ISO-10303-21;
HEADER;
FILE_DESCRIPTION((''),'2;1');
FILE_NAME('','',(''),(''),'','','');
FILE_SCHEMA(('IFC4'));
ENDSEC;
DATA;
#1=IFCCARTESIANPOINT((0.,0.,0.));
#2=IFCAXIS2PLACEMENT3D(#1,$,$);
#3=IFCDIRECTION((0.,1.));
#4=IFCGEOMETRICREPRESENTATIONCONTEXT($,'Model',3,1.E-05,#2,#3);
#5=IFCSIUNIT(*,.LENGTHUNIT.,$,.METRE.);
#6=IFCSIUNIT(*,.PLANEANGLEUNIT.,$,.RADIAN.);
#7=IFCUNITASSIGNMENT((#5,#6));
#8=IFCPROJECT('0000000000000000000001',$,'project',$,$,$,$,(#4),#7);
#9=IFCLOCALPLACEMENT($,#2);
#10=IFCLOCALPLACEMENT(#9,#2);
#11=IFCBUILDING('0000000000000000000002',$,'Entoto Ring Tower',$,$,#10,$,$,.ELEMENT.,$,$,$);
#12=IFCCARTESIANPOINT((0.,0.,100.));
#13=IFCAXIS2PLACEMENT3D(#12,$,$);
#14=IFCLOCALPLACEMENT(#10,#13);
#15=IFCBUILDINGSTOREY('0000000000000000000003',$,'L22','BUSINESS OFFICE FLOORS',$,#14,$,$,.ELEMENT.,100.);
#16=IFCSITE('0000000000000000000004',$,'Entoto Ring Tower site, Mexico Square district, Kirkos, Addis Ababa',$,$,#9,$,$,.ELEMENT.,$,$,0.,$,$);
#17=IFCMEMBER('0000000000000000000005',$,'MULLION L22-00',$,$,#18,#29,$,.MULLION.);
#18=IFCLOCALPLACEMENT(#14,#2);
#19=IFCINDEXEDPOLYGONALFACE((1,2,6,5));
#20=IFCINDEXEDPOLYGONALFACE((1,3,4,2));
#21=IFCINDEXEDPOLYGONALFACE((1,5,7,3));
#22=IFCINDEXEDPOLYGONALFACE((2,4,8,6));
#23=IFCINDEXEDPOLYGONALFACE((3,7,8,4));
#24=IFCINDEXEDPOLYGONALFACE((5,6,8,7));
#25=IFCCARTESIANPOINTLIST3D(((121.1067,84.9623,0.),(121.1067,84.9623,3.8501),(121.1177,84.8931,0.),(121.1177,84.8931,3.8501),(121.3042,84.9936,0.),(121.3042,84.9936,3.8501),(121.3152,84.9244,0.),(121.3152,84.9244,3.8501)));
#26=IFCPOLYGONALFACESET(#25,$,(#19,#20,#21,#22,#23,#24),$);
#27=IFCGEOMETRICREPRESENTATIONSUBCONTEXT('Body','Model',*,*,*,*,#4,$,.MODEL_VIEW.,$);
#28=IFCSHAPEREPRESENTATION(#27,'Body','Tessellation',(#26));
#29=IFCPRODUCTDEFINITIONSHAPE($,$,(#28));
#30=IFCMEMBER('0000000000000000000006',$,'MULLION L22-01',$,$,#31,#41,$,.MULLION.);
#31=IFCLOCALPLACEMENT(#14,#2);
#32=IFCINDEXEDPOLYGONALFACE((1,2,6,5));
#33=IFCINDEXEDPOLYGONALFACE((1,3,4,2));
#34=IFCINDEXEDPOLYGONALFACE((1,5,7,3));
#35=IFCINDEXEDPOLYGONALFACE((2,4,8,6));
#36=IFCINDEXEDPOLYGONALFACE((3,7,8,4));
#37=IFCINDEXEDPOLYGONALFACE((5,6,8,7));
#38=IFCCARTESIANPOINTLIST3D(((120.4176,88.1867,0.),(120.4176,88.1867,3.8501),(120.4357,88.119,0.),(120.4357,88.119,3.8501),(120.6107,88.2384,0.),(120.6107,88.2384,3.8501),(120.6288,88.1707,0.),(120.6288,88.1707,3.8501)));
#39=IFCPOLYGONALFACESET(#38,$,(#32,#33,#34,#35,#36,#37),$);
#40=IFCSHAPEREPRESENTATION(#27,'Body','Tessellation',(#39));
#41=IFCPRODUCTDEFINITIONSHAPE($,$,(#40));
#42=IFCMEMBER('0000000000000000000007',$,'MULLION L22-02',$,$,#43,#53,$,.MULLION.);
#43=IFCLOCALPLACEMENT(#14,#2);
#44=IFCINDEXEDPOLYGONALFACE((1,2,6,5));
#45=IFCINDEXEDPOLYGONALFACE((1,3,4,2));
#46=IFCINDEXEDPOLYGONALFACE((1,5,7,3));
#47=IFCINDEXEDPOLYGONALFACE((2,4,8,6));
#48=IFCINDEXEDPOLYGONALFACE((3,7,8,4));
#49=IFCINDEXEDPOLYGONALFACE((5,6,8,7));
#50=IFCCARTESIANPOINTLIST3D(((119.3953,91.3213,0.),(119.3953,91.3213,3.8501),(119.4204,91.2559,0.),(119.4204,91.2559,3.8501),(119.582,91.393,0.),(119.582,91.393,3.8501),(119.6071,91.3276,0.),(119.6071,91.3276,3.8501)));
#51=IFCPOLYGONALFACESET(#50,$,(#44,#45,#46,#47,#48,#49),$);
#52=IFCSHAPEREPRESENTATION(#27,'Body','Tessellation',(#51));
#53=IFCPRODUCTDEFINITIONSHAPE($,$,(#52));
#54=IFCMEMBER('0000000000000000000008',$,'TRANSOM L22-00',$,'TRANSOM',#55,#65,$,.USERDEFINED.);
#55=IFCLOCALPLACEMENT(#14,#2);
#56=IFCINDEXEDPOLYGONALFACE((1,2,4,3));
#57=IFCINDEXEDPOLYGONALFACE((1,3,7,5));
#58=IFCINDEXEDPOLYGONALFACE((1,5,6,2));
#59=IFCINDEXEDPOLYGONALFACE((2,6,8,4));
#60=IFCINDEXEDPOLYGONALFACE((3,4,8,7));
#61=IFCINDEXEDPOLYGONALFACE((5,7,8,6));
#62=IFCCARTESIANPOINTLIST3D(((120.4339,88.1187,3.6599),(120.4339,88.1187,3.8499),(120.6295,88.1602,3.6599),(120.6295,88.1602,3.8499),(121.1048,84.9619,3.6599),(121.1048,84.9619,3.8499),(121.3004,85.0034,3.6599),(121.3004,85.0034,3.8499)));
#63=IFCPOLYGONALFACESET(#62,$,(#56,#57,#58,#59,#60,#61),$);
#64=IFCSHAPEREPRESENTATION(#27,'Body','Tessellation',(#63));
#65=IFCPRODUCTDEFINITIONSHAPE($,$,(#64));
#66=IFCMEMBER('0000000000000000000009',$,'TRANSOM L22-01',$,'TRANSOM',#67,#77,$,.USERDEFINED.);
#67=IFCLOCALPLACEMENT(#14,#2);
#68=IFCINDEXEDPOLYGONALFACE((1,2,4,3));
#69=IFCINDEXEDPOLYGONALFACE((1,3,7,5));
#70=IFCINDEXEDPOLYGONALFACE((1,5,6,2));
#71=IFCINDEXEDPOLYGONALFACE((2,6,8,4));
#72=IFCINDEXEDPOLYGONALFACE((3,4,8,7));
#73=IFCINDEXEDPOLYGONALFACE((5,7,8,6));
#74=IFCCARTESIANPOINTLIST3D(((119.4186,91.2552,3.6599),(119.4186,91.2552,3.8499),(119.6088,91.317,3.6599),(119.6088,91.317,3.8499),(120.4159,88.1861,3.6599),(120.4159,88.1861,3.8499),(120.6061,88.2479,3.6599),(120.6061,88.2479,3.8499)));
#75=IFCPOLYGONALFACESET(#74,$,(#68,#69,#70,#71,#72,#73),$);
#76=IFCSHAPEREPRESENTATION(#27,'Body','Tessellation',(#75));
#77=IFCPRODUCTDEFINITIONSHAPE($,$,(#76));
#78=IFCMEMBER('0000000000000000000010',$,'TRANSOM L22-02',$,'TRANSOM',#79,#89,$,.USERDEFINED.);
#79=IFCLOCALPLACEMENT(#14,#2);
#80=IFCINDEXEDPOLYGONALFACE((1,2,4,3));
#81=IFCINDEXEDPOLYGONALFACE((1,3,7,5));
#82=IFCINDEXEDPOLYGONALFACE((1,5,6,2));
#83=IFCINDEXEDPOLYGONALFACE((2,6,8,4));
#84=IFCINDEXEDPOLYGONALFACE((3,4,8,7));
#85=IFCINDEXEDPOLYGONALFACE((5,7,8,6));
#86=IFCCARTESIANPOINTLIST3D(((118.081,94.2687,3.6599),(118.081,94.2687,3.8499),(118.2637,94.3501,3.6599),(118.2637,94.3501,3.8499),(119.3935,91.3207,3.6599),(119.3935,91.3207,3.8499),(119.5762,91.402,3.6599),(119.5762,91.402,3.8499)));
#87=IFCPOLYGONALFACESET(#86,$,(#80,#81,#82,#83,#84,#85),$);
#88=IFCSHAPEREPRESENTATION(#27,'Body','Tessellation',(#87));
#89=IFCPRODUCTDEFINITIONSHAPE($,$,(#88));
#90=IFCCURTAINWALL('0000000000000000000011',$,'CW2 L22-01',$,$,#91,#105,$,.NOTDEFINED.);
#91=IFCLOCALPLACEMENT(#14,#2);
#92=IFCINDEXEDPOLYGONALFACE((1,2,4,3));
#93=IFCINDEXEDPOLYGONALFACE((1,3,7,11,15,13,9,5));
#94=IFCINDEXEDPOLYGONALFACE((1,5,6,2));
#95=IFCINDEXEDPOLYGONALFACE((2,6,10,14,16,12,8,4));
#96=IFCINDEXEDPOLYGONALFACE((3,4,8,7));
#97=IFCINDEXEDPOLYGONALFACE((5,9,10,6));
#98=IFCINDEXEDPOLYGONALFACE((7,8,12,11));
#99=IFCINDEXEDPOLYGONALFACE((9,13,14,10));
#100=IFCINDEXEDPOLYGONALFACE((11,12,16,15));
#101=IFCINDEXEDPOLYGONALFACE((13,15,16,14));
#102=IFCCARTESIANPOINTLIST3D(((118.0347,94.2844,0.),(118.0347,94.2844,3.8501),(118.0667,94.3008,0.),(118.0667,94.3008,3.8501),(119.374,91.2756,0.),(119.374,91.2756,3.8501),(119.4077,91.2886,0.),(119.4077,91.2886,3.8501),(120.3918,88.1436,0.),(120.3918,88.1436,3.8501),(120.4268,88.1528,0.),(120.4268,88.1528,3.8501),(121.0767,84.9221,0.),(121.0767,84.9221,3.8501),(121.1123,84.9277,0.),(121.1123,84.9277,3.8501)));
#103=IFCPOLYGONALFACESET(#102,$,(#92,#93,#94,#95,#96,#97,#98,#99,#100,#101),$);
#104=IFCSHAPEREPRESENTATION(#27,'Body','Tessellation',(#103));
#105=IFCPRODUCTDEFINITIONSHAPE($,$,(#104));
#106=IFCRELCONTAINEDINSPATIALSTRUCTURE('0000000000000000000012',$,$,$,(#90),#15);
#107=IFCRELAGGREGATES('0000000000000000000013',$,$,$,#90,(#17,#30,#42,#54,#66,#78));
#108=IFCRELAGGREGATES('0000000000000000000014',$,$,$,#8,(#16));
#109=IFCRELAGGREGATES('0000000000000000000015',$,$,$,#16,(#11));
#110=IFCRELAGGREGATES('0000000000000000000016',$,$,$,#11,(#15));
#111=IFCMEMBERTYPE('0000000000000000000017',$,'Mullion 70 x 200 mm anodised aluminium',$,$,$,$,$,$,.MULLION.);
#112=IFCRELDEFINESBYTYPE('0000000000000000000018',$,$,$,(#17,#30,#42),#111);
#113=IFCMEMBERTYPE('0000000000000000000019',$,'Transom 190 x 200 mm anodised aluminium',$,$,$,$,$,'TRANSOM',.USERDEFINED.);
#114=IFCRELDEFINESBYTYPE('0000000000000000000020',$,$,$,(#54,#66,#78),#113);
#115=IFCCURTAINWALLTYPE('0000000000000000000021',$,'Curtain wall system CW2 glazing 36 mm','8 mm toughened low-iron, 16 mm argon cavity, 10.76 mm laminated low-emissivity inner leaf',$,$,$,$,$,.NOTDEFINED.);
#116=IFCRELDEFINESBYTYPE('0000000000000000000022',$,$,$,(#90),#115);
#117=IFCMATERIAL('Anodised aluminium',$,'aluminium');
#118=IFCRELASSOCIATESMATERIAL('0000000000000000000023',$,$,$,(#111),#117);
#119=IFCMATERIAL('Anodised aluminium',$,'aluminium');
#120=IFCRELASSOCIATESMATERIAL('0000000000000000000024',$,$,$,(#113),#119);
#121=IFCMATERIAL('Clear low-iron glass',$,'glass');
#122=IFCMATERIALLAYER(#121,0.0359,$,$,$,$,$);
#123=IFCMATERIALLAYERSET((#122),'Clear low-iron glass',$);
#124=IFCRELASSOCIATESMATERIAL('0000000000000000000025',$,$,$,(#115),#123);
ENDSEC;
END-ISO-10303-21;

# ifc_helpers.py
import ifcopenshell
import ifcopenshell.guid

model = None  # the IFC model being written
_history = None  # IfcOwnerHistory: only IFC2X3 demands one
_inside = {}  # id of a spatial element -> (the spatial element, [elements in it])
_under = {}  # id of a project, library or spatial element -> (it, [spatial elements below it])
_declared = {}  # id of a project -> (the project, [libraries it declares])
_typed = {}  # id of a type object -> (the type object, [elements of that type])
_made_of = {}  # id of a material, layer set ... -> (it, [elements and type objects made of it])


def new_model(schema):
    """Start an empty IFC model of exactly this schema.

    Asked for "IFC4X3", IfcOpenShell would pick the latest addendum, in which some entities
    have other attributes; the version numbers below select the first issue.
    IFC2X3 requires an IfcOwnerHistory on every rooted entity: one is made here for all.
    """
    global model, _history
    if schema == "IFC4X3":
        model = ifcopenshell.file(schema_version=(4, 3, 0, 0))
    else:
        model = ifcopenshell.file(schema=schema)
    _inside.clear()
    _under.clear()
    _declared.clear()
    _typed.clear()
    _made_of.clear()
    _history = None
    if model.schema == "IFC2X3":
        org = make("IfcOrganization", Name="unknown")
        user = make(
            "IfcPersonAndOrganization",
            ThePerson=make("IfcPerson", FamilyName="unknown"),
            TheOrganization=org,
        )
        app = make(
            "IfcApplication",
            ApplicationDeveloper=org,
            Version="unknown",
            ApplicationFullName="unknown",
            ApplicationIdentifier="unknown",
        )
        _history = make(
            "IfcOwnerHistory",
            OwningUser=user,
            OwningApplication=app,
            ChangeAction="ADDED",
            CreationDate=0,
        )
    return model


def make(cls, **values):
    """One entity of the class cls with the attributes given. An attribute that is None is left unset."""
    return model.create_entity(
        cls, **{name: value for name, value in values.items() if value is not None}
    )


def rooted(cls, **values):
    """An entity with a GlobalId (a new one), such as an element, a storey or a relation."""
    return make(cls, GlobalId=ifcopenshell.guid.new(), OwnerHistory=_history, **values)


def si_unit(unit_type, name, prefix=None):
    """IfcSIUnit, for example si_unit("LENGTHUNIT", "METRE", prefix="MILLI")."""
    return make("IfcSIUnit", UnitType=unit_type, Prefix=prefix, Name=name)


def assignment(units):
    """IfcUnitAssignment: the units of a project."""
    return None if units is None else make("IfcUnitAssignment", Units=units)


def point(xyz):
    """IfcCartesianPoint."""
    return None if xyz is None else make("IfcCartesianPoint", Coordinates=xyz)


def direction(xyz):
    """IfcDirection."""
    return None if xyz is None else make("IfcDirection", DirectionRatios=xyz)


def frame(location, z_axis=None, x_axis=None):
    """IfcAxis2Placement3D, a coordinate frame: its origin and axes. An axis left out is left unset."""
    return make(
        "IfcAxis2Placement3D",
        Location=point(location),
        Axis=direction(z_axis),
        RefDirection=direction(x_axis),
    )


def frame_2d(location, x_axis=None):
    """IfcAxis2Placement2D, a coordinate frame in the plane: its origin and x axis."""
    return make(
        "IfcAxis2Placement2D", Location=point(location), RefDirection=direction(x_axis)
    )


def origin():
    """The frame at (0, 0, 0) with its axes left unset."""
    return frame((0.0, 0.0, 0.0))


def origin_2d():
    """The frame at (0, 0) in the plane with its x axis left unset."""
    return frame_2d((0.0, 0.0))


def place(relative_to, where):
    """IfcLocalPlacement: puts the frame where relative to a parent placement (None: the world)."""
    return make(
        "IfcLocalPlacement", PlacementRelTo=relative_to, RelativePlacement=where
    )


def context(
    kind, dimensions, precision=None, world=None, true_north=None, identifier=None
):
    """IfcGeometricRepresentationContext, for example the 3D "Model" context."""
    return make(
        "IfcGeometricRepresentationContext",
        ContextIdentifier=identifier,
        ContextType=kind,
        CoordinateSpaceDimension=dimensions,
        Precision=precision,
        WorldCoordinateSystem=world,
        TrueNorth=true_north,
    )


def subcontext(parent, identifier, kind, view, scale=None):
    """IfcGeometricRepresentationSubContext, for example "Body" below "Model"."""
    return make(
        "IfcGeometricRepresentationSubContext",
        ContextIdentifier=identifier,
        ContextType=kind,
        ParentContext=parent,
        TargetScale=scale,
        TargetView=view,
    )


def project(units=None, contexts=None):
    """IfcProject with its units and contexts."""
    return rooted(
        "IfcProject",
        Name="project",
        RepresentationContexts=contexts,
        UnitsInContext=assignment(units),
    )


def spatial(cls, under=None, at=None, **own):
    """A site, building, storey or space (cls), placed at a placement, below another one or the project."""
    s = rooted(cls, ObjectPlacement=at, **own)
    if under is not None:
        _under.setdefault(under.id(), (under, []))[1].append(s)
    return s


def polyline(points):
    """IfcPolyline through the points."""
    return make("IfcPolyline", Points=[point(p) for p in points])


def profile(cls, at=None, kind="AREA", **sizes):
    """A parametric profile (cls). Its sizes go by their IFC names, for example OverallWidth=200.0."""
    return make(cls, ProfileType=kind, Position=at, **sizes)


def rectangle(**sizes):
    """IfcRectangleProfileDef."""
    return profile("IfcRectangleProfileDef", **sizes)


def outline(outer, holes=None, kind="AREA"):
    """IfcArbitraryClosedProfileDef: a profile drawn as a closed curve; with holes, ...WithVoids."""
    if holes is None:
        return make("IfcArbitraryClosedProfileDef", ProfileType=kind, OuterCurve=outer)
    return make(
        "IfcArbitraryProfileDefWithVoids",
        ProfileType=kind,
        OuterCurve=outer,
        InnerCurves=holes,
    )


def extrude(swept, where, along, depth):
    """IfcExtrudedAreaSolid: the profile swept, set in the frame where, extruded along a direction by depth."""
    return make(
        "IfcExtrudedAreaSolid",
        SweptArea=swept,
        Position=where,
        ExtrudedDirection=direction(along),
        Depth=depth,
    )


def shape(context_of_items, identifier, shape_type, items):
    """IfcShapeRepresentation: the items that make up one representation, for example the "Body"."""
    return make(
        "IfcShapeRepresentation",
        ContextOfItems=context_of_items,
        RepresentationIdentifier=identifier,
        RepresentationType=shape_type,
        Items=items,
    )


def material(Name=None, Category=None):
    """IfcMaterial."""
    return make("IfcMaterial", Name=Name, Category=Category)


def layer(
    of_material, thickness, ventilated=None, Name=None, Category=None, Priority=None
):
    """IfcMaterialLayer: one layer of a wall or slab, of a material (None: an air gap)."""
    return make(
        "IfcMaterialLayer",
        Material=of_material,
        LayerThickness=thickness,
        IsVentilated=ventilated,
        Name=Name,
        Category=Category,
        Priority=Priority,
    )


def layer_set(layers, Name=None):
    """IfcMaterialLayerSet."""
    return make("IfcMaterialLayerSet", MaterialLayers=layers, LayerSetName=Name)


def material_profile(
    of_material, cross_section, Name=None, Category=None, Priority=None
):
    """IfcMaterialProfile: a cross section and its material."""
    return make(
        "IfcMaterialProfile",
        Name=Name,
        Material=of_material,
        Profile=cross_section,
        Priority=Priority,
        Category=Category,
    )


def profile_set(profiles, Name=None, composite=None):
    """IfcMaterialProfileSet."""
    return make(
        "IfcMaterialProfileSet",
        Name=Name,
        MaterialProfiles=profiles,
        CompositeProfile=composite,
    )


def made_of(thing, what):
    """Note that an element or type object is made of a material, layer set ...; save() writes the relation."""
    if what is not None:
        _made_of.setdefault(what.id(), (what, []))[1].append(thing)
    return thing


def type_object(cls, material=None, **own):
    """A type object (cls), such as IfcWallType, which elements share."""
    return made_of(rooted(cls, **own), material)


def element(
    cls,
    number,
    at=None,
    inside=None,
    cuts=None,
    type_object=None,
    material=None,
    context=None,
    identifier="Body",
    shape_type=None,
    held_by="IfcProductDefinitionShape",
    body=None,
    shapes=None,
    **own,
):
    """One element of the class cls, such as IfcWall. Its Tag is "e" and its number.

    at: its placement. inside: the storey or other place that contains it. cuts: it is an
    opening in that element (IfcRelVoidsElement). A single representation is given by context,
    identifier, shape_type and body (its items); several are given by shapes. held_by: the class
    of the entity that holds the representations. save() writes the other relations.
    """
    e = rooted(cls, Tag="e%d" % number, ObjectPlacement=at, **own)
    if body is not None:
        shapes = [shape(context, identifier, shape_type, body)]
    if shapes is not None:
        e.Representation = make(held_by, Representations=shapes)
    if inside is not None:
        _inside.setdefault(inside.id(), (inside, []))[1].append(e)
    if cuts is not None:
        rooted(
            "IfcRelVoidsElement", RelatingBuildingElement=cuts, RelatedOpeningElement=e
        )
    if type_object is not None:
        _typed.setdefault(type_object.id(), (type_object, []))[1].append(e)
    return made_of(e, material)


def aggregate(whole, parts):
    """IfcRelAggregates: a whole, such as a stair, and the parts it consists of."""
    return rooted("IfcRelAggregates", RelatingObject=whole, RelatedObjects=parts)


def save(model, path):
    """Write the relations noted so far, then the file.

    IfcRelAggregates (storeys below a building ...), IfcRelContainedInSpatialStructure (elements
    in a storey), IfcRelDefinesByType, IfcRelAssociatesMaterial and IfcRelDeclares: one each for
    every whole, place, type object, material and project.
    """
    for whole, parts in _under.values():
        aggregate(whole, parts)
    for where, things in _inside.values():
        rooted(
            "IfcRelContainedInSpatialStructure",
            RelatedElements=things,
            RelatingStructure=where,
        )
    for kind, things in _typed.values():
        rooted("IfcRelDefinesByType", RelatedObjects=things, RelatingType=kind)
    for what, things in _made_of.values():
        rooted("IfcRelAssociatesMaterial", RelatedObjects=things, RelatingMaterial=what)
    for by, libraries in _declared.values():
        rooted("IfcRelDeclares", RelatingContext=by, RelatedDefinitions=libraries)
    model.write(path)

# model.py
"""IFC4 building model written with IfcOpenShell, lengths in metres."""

from ifc_helpers import new_model, si_unit, direction, frame, origin, origin_2d, place, context, subcontext, project, spatial, polyline, rectangle, outline, extrude, material, layer, layer_set, material_profile, profile_set, type_object, element, aggregate, save


model = new_model("IFC4")

# Units and contexts
model_context = context("Model", 3, precision=1e-05, world=origin(), true_north=direction((0.0, 1.0)))
body_context = subcontext(model_context, "Body", "Model", "MODEL_VIEW")
ifc_project = project(units=[si_unit("LENGTHUNIT", "METRE"), si_unit("PLANEANGLEUNIT", "RADIAN")], contexts=[model_context])

# Members
ifc_material_1 = material(Name="Anodised aluminium", Category="aluminium")
ifc_material_profile_1 = material_profile(ifc_material_1, rectangle(XDim=0.0701, YDim=0.2, at=origin_2d()), Name="Mullion 70 x 200 mm anodised aluminium")
ifc_profile_set_1 = profile_set([ifc_material_profile_1], Name="Anodised aluminium")
member_type_1 = type_object("IfcMemberType", Name="Mullion 70 x 200 mm anodised aluminium", PredefinedType="MULLION", material=ifc_profile_set_1)
site_placement = place(None, origin())
building_placement = place(site_placement, origin())
storey_placement = place(building_placement, frame((0.0, 0.0, 100.0)))
member_1_placement = place(storey_placement, frame((121.2109, 84.9434, 0.0), z_axis=(0.0, 0.0, 1.0), x_axis=(-0.156434, 0.987688, 0.0)))
member_1 = element("IfcMember", 1, at=member_1_placement, type_object=member_type_1, Name="MULLION L22-00", PredefinedType="MULLION", context=body_context, shape_type="SweptSolid", body=[
    extrude(rectangle(XDim=0.0701, YDim=0.2, at=origin_2d()), origin(), (0.0, 0.0, 1.0), 3.8501),
])
member_2_placement = place(storey_placement, frame((120.5232, 88.1787, 0.0), z_axis=(0.0, 0.0, 1.0), x_axis=(-0.258819, 0.965926, 0.0)))
member_2 = element("IfcMember", 2, at=member_2_placement, type_object=member_type_1, Name="MULLION L22-01", PredefinedType="MULLION", context=body_context, shape_type="SweptSolid", body=[
    extrude(rectangle(XDim=0.0701, YDim=0.2, at=origin_2d()), origin(), (0.0, 0.0, 1.0), 3.8501),
])
member_3_placement = place(storey_placement, frame((119.5012, 91.3245, 0.0), z_axis=(0.0, 0.0, 1.0), x_axis=(-0.358368, 0.93358, 0.0)))
member_3 = element("IfcMember", 3, at=member_3_placement, type_object=member_type_1, Name="MULLION L22-02", PredefinedType="MULLION", context=body_context, shape_type="SweptSolid", body=[
    extrude(rectangle(XDim=0.0701, YDim=0.2, at=origin_2d()), origin(), (0.0, 0.0, 1.0), 3.8501),
])
ifc_material_2 = material(Name="Anodised aluminium", Category="aluminium")
ifc_material_profile_2 = material_profile(ifc_material_2, rectangle(XDim=0.2, YDim=0.1899, at=origin_2d()), Name="Transom 190 x 200 mm anodised aluminium")
ifc_profile_set_2 = profile_set([ifc_material_profile_2], Name="Anodised aluminium")
member_type_2 = type_object("IfcMemberType", Name="Transom 190 x 200 mm anodised aluminium", ElementType="TRANSOM", PredefinedType="USERDEFINED", material=ifc_profile_set_2)
member_4_placement = place(storey_placement, frame((121.2026, 84.9827, 3.7549), z_axis=(-0.207886, 0.978153, 0.0), x_axis=(-0.978153, -0.207886, 0.0)))
member_4 = element("IfcMember", 4, at=member_4_placement, type_object=member_type_2, Name="TRANSOM L22-00", ObjectType="TRANSOM", PredefinedType="USERDEFINED", context=body_context, shape_type="SweptSolid", body=[
    extrude(rectangle(XDim=0.2, YDim=0.1899, at=origin_2d()), origin(), (0.0, 0.0, 1.0), 3.2273),
])
member_5_placement = place(storey_placement, frame((120.511, 88.217, 3.7549), z_axis=(-0.309047, 0.951047, 0.0), x_axis=(-0.951047, -0.309047, 0.0)))
member_5 = element("IfcMember", 5, at=member_5_placement, type_object=member_type_2, Name="TRANSOM L22-01", ObjectType="TRANSOM", PredefinedType="USERDEFINED", context=body_context, shape_type="SweptSolid", body=[
    extrude(rectangle(XDim=0.2, YDim=0.1899, at=origin_2d()), origin(), (0.0, 0.0, 1.0), 3.2271),
])
member_6_placement = place(storey_placement, frame((119.4849, 91.3613, 3.7549), z_axis=(-0.406728, 0.913549, 0.0), x_axis=(-0.913549, -0.406728, 0.0)))
member_6 = element("IfcMember", 6, at=member_6_placement, type_object=member_type_2, Name="TRANSOM L22-02", ObjectType="TRANSOM", PredefinedType="USERDEFINED", context=body_context, shape_type="SweptSolid", body=[
    extrude(rectangle(XDim=0.2, YDim=0.1899, at=origin_2d()), origin(), (0.0, 0.0, 1.0), 3.2271),
])

# Site, building, storey
site = spatial("IfcSite", under=ifc_project, at=site_placement, Name="Entoto Ring Tower site, Mexico Square district, Kirkos, Addis Ababa", CompositionType="ELEMENT", RefElevation=0.0)
building = spatial("IfcBuilding", under=site, at=building_placement, Name="Entoto Ring Tower", CompositionType="ELEMENT")
storey = spatial("IfcBuildingStorey", under=building, at=storey_placement, Name="L22", Description="BUSINESS OFFICE FLOORS", CompositionType="ELEMENT", Elevation=100.0)

# Curtain wall
ifc_material_3 = material(Name="Clear low-iron glass", Category="glass")
ifc_layer_1 = layer(ifc_material_3, 0.0359)
ifc_layer_set_1 = layer_set([ifc_layer_1], Name="Clear low-iron glass")
curtain_wall_type = type_object("IfcCurtainWallType", Name="Curtain wall system CW2 glazing 36 mm", Description="8 mm toughened low-iron, 16 mm argon cavity, 10.76 mm laminated low-emissivity inner leaf", PredefinedType="NOTDEFINED", material=ifc_layer_set_1)
curtain_wall_1_placement = place(storey_placement, origin())
curtain_wall_1 = element("IfcCurtainWall", 7, at=curtain_wall_1_placement, inside=storey, type_object=curtain_wall_type, Name="CW2 L22-01", PredefinedType="NOTDEFINED", context=body_context, shape_type="SweptSolid", body=[
    extrude(outline(polyline([(121.1123, 84.9277), (120.4268, 88.1528), (119.4077, 91.2886), (118.0667, 94.3008), (118.0347, 94.2844), (119.374, 91.2756), (120.3918, 88.1436), (121.0767, 84.9221), (121.1123, 84.9277)])), origin(), (0.0, 0.0, 1.0), 3.8501),
])
aggregate(curtain_wall_1, [member_1, member_2, member_3, member_4, member_5, member_6])

save(model, "model.ifc")
